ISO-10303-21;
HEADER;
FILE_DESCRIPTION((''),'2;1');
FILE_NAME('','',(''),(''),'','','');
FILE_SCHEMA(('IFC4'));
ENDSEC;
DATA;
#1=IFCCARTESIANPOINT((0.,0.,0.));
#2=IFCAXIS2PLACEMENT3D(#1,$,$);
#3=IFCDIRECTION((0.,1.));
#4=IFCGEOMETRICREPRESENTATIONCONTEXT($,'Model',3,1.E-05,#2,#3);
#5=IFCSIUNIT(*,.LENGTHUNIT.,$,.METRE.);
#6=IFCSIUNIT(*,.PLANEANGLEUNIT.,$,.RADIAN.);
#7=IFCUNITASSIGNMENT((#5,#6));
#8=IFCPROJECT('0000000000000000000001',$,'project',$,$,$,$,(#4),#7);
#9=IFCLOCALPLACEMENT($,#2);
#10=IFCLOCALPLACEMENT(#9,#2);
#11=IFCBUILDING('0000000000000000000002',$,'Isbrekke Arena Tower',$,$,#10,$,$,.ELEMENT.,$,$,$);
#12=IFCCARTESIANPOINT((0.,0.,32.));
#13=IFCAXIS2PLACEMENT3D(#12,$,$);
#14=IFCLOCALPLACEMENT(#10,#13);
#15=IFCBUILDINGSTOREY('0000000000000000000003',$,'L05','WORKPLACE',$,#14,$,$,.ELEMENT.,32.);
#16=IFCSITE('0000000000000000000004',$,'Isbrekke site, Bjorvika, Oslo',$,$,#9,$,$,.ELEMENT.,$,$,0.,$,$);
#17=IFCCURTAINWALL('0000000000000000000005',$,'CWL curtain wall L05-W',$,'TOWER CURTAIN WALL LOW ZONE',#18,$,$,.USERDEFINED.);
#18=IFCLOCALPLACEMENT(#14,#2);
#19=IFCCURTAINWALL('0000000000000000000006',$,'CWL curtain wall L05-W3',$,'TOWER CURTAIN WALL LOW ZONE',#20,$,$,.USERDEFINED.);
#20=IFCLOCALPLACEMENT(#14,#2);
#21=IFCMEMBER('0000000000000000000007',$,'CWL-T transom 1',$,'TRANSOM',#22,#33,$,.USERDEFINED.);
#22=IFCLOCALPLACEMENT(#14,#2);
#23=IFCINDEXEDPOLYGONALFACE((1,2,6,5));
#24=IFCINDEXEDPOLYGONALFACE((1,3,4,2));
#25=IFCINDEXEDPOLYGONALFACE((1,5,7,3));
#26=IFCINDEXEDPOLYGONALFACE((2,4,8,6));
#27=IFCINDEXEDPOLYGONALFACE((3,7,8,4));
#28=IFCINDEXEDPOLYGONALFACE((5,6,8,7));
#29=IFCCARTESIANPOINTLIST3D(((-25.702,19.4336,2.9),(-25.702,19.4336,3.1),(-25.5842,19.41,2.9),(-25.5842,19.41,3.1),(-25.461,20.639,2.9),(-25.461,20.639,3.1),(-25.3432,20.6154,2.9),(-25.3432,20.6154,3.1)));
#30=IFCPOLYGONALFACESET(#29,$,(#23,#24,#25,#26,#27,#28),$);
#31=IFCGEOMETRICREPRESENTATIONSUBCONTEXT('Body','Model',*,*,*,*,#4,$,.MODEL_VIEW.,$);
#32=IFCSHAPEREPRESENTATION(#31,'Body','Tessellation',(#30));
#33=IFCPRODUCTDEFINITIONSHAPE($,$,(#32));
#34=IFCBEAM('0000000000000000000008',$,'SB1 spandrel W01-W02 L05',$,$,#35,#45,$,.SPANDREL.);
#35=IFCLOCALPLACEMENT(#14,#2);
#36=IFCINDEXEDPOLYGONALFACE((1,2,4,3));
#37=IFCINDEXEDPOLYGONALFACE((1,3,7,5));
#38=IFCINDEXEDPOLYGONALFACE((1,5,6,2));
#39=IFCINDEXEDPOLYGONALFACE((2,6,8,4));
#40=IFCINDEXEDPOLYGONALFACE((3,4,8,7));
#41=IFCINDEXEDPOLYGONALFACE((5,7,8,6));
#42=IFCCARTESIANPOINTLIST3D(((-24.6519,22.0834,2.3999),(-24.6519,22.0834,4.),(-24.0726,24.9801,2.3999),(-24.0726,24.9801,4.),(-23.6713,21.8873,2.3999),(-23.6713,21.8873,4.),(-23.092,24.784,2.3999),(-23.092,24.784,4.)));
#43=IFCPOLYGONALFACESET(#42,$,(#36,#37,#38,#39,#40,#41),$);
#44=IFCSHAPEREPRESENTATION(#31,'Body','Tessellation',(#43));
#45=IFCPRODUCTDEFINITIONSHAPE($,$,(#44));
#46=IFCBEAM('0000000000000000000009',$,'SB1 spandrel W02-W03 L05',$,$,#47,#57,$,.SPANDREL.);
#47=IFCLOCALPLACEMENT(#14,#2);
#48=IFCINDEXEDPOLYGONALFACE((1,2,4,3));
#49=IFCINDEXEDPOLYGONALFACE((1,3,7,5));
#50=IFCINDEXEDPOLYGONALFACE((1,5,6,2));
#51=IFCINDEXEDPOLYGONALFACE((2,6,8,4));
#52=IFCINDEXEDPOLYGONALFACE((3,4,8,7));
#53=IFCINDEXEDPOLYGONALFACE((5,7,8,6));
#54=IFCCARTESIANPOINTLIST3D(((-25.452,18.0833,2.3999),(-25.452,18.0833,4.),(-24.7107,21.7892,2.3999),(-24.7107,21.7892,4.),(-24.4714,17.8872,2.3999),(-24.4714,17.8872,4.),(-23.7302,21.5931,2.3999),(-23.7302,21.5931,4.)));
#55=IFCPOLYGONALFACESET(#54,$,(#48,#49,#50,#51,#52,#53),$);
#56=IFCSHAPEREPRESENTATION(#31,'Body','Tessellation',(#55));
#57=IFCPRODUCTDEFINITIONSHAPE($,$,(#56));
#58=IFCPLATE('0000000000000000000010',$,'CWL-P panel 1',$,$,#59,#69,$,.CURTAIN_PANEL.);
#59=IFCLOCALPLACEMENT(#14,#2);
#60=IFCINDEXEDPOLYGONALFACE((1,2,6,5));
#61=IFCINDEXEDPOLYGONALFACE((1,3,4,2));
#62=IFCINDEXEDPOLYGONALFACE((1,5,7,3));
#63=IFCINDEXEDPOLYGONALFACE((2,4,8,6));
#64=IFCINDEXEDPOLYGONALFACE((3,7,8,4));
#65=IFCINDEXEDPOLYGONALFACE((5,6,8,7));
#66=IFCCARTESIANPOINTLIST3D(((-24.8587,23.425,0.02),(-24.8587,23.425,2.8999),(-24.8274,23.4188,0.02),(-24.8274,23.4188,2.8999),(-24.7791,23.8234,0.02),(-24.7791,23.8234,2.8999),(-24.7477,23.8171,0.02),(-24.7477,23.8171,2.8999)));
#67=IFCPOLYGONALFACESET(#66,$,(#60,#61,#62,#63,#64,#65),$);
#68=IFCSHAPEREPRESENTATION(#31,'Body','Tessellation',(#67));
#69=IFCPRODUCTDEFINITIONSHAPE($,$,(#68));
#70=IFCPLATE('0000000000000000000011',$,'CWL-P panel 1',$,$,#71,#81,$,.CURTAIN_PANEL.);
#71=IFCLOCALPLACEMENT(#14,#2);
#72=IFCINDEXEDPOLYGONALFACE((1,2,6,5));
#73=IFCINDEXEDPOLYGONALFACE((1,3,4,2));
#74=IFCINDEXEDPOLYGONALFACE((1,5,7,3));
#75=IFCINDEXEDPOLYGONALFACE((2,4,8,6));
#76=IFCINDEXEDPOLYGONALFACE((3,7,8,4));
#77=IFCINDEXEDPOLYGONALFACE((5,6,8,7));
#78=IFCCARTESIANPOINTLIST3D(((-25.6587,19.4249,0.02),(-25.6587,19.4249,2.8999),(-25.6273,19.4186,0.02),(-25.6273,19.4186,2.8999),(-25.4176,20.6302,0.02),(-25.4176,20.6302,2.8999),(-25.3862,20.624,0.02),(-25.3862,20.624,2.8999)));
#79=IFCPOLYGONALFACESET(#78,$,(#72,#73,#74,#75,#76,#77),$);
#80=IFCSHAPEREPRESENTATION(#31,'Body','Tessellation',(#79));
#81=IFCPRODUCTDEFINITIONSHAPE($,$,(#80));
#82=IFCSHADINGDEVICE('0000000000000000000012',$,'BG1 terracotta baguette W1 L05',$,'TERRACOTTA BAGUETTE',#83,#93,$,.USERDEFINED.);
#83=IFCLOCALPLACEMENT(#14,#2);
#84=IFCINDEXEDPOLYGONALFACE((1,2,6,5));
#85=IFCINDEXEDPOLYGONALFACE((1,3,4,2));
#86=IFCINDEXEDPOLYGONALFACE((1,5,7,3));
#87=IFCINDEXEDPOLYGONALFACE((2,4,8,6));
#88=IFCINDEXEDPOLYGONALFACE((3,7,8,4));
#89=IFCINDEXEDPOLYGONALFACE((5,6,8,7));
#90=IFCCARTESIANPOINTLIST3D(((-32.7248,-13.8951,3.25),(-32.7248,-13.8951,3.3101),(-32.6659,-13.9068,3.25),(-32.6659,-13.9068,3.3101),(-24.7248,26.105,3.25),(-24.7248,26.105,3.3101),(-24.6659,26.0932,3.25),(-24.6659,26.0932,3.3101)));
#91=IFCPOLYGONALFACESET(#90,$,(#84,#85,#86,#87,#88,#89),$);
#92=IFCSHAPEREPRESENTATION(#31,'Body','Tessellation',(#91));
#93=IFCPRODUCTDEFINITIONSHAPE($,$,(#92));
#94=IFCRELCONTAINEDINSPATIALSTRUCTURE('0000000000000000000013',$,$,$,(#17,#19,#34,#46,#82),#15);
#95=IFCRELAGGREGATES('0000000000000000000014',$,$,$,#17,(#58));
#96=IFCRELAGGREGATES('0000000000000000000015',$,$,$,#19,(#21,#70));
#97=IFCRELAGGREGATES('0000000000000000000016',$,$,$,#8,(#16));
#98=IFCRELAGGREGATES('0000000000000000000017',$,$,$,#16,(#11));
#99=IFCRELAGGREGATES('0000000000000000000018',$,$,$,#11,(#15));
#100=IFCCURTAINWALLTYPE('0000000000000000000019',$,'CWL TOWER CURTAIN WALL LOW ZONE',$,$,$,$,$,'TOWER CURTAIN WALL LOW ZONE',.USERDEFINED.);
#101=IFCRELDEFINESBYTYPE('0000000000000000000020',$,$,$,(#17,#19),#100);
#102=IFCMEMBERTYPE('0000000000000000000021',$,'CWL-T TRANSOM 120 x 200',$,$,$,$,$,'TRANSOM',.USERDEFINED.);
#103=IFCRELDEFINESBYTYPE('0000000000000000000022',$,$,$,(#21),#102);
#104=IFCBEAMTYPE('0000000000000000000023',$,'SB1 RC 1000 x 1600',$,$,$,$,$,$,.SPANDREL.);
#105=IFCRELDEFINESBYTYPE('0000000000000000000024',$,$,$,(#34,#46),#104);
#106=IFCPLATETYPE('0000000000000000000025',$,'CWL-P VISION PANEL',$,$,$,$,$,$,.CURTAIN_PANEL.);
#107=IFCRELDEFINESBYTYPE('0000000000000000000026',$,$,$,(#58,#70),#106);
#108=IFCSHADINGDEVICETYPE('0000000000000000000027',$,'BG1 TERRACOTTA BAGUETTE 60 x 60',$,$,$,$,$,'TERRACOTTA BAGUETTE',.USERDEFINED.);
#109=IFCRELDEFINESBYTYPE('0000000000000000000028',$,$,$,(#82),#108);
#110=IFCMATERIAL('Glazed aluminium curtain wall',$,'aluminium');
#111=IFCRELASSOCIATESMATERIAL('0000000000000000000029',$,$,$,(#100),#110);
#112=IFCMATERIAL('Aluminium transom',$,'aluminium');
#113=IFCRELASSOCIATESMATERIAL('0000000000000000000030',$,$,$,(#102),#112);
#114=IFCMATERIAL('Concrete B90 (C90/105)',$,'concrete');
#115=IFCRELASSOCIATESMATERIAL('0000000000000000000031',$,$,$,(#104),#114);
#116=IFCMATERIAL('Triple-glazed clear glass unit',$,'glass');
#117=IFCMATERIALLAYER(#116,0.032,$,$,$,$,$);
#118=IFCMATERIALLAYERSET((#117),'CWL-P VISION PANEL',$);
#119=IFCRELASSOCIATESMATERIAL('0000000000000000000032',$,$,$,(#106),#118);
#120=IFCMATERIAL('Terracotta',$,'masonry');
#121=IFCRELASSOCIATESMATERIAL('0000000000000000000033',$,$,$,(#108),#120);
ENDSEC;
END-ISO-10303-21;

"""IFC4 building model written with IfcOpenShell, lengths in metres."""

from ifc_helpers import new_model, si_unit, direction, frame, origin, origin_2d, place, context, subcontext, project, spatial, rectangle, extrude, material, layer, layer_set, material_profile, profile_set, type_object, element, aggregate, save


model = new_model("IFC4")

# Units and contexts
model_context = context("Model", 3, precision=1e-05, world=origin(), true_north=direction((0.0, 1.0)))
body_context = subcontext(model_context, "Body", "Model", "MODEL_VIEW")
ifc_project = project(units=[si_unit("LENGTHUNIT", "METRE"), si_unit("PLANEANGLEUNIT", "RADIAN")], contexts=[model_context])

# Site, building, storey
site_placement = place(None, origin())
site = spatial("IfcSite", under=ifc_project, at=site_placement, Name="Isbrekke site, Bjorvika, Oslo", CompositionType="ELEMENT", RefElevation=0.0)
building_placement = place(site_placement, origin())
building = spatial("IfcBuilding", under=site, at=building_placement, Name="Isbrekke Arena Tower", CompositionType="ELEMENT")
storey_placement = place(building_placement, frame((0.0, 0.0, 32.0)))
storey = spatial("IfcBuildingStorey", under=building, at=storey_placement, Name="L05", Description="WORKPLACE", CompositionType="ELEMENT", Elevation=32.0)

# Curtain walls
ifc_material_1 = material(Name="Glazed aluminium curtain wall", Category="aluminium")
curtain_wall_type = type_object("IfcCurtainWallType", Name="CWL TOWER CURTAIN WALL LOW ZONE", ElementType="TOWER CURTAIN WALL LOW ZONE", PredefinedType="USERDEFINED", material=ifc_material_1)
curtain_wall_1_placement = place(storey_placement, origin())
curtain_wall_1 = element("IfcCurtainWall", 1, at=curtain_wall_1_placement, inside=storey, type_object=curtain_wall_type, Name="CWL curtain wall L05-W", ObjectType="TOWER CURTAIN WALL LOW ZONE", PredefinedType="USERDEFINED")
curtain_wall_2_placement = place(storey_placement, origin())
curtain_wall_2 = element("IfcCurtainWall", 2, at=curtain_wall_2_placement, inside=storey, type_object=curtain_wall_type, Name="CWL curtain wall L05-W3", ObjectType="TOWER CURTAIN WALL LOW ZONE", PredefinedType="USERDEFINED")

# Member
ifc_material_2 = material(Name="Aluminium transom", Category="aluminium")
ifc_material_profile_1 = material_profile(ifc_material_2, rectangle(XDim=0.1201, YDim=0.2, at=origin_2d()), Name="TRANSOM 120X200")
ifc_profile_set_1 = profile_set([ifc_material_profile_1], Name="Aluminium transom")
member_type_1 = type_object("IfcMemberType", Name="CWL-T TRANSOM 120 x 200", ElementType="TRANSOM", PredefinedType="USERDEFINED", material=ifc_profile_set_1)
member_1_placement = place(storey_placement, frame((-25.4021, 20.6272, 3.0), z_axis=(-0.19604, -0.980596, 0.0), x_axis=(0.980596, -0.19604, 0.0)))
member_1 = element("IfcMember", 3, at=member_1_placement, type_object=member_type_1, Name="CWL-T transom 1", ObjectType="TRANSOM", PredefinedType="USERDEFINED", context=body_context, shape_type="SweptSolid", body=[
    extrude(rectangle(XDim=0.1201, YDim=0.2, at=origin_2d()), origin(), (0.0, 0.0, 1.0), 1.2292),
])

# Beams
ifc_material_3 = material(Name="Concrete B90 (C90/105)", Category="concrete")
ifc_material_profile_2 = material_profile(ifc_material_3, rectangle(XDim=1.0, YDim=1.6001, at=origin_2d()), Name="RC 1000x1600")
ifc_profile_set_2 = profile_set([ifc_material_profile_2], Name="Concrete B90 (C90/105)")
beam_type_1 = type_object("IfcBeamType", Name="SB1 RC 1000 x 1600", PredefinedType="SPANDREL", material=ifc_profile_set_2)
beam_1_placement = place(storey_placement, frame((-23.5823, 24.8821, 3.2), z_axis=(-0.196116, -0.980581, 0.0), x_axis=(0.980581, -0.196116, 0.0)))
element("IfcBeam", 4, at=beam_1_placement, inside=storey, type_object=beam_type_1, Name="SB1 spandrel W01-W02 L05", PredefinedType="SPANDREL", context=body_context, shape_type="SweptSolid", body=[
    extrude(rectangle(XDim=1.0, YDim=1.6001, at=origin_2d()), origin(), (0.0, 0.0, 1.0), 2.9541),
])
beam_2_placement = place(storey_placement, frame((-24.2205, 21.6912, 3.2), z_axis=(-0.196129, -0.980578, 0.0), x_axis=(0.980578, -0.196129, 0.0)))
element("IfcBeam", 5, at=beam_2_placement, inside=storey, type_object=beam_type_1, Name="SB1 spandrel W02-W03 L05", PredefinedType="SPANDREL", context=body_context, shape_type="SweptSolid", body=[
    extrude(rectangle(XDim=1.0, YDim=1.6001, at=origin_2d()), origin(), (0.0, 0.0, 1.0), 3.7793),
])

# Plates
ifc_material_4 = material(Name="Triple-glazed clear glass unit", Category="glass")
ifc_layer = layer(ifc_material_4, 0.032)
ifc_layer_set = layer_set([ifc_layer], Name="CWL-P VISION PANEL")
plate_type = type_object("IfcPlateType", Name="CWL-P VISION PANEL", PredefinedType="CURTAIN_PANEL", material=ifc_layer_set)
plate_1_placement = place(storey_placement, frame((-24.8032, 23.6211, 0.02), z_axis=(0.0, 0.0, 1.0), x_axis=(-0.196116, -0.980581, 0.0)))
plate_1 = element("IfcPlate", 6, at=plate_1_placement, type_object=plate_type, Name="CWL-P panel 1", PredefinedType="CURTAIN_PANEL", context=body_context, shape_type="SweptSolid", body=[
    extrude(rectangle(XDim=0.4062, YDim=0.032, at=origin_2d()), origin(), (0.0, 0.0, 1.0), 2.8799),
])
aggregate(curtain_wall_1, [plate_1])
plate_2_placement = place(storey_placement, frame((-25.5225, 20.0244, 0.02), z_axis=(0.0, 0.0, 1.0), x_axis=(-0.196116, -0.980581, 0.0)))
plate_2 = element("IfcPlate", 7, at=plate_2_placement, type_object=plate_type, Name="CWL-P panel 1", PredefinedType="CURTAIN_PANEL", context=body_context, shape_type="SweptSolid", body=[
    extrude(rectangle(XDim=1.2292, YDim=0.032, at=origin_2d()), origin(), (0.0, 0.0, 1.0), 2.8799),
])
aggregate(curtain_wall_2, [member_1, plate_2])

# Shading device
ifc_material_5 = material(Name="Terracotta", Category="masonry")
ifc_material_profile_3 = material_profile(ifc_material_5, rectangle(XDim=0.0601, YDim=0.0601, at=origin_2d()), Name="BAGUETTE 60X60")
ifc_profile_set_3 = profile_set([ifc_material_profile_3], Name="Terracotta")
shading_device_type = type_object("IfcShadingDeviceType", Name="BG1 TERRACOTTA BAGUETTE 60 x 60", ElementType="TERRACOTTA BAGUETTE", PredefinedType="USERDEFINED", material=ifc_profile_set_3)
shading_device_placement = place(storey_placement, frame((-24.6953, 26.0991, 3.28), z_axis=(-0.196116, -0.980581, 0.0), x_axis=(0.980581, -0.196116, 0.0)))
element("IfcShadingDevice", 8, at=shading_device_placement, inside=storey, type_object=shading_device_type, Name="BG1 terracotta baguette W1 L05", ObjectType="TERRACOTTA BAGUETTE", PredefinedType="USERDEFINED", context=body_context, shape_type="SweptSolid", body=[
    extrude(rectangle(XDim=0.0601, YDim=0.0601, at=origin_2d()), origin(), (0.0, 0.0, 1.0), 40.7922),
])

save(model, "model.ifc")
